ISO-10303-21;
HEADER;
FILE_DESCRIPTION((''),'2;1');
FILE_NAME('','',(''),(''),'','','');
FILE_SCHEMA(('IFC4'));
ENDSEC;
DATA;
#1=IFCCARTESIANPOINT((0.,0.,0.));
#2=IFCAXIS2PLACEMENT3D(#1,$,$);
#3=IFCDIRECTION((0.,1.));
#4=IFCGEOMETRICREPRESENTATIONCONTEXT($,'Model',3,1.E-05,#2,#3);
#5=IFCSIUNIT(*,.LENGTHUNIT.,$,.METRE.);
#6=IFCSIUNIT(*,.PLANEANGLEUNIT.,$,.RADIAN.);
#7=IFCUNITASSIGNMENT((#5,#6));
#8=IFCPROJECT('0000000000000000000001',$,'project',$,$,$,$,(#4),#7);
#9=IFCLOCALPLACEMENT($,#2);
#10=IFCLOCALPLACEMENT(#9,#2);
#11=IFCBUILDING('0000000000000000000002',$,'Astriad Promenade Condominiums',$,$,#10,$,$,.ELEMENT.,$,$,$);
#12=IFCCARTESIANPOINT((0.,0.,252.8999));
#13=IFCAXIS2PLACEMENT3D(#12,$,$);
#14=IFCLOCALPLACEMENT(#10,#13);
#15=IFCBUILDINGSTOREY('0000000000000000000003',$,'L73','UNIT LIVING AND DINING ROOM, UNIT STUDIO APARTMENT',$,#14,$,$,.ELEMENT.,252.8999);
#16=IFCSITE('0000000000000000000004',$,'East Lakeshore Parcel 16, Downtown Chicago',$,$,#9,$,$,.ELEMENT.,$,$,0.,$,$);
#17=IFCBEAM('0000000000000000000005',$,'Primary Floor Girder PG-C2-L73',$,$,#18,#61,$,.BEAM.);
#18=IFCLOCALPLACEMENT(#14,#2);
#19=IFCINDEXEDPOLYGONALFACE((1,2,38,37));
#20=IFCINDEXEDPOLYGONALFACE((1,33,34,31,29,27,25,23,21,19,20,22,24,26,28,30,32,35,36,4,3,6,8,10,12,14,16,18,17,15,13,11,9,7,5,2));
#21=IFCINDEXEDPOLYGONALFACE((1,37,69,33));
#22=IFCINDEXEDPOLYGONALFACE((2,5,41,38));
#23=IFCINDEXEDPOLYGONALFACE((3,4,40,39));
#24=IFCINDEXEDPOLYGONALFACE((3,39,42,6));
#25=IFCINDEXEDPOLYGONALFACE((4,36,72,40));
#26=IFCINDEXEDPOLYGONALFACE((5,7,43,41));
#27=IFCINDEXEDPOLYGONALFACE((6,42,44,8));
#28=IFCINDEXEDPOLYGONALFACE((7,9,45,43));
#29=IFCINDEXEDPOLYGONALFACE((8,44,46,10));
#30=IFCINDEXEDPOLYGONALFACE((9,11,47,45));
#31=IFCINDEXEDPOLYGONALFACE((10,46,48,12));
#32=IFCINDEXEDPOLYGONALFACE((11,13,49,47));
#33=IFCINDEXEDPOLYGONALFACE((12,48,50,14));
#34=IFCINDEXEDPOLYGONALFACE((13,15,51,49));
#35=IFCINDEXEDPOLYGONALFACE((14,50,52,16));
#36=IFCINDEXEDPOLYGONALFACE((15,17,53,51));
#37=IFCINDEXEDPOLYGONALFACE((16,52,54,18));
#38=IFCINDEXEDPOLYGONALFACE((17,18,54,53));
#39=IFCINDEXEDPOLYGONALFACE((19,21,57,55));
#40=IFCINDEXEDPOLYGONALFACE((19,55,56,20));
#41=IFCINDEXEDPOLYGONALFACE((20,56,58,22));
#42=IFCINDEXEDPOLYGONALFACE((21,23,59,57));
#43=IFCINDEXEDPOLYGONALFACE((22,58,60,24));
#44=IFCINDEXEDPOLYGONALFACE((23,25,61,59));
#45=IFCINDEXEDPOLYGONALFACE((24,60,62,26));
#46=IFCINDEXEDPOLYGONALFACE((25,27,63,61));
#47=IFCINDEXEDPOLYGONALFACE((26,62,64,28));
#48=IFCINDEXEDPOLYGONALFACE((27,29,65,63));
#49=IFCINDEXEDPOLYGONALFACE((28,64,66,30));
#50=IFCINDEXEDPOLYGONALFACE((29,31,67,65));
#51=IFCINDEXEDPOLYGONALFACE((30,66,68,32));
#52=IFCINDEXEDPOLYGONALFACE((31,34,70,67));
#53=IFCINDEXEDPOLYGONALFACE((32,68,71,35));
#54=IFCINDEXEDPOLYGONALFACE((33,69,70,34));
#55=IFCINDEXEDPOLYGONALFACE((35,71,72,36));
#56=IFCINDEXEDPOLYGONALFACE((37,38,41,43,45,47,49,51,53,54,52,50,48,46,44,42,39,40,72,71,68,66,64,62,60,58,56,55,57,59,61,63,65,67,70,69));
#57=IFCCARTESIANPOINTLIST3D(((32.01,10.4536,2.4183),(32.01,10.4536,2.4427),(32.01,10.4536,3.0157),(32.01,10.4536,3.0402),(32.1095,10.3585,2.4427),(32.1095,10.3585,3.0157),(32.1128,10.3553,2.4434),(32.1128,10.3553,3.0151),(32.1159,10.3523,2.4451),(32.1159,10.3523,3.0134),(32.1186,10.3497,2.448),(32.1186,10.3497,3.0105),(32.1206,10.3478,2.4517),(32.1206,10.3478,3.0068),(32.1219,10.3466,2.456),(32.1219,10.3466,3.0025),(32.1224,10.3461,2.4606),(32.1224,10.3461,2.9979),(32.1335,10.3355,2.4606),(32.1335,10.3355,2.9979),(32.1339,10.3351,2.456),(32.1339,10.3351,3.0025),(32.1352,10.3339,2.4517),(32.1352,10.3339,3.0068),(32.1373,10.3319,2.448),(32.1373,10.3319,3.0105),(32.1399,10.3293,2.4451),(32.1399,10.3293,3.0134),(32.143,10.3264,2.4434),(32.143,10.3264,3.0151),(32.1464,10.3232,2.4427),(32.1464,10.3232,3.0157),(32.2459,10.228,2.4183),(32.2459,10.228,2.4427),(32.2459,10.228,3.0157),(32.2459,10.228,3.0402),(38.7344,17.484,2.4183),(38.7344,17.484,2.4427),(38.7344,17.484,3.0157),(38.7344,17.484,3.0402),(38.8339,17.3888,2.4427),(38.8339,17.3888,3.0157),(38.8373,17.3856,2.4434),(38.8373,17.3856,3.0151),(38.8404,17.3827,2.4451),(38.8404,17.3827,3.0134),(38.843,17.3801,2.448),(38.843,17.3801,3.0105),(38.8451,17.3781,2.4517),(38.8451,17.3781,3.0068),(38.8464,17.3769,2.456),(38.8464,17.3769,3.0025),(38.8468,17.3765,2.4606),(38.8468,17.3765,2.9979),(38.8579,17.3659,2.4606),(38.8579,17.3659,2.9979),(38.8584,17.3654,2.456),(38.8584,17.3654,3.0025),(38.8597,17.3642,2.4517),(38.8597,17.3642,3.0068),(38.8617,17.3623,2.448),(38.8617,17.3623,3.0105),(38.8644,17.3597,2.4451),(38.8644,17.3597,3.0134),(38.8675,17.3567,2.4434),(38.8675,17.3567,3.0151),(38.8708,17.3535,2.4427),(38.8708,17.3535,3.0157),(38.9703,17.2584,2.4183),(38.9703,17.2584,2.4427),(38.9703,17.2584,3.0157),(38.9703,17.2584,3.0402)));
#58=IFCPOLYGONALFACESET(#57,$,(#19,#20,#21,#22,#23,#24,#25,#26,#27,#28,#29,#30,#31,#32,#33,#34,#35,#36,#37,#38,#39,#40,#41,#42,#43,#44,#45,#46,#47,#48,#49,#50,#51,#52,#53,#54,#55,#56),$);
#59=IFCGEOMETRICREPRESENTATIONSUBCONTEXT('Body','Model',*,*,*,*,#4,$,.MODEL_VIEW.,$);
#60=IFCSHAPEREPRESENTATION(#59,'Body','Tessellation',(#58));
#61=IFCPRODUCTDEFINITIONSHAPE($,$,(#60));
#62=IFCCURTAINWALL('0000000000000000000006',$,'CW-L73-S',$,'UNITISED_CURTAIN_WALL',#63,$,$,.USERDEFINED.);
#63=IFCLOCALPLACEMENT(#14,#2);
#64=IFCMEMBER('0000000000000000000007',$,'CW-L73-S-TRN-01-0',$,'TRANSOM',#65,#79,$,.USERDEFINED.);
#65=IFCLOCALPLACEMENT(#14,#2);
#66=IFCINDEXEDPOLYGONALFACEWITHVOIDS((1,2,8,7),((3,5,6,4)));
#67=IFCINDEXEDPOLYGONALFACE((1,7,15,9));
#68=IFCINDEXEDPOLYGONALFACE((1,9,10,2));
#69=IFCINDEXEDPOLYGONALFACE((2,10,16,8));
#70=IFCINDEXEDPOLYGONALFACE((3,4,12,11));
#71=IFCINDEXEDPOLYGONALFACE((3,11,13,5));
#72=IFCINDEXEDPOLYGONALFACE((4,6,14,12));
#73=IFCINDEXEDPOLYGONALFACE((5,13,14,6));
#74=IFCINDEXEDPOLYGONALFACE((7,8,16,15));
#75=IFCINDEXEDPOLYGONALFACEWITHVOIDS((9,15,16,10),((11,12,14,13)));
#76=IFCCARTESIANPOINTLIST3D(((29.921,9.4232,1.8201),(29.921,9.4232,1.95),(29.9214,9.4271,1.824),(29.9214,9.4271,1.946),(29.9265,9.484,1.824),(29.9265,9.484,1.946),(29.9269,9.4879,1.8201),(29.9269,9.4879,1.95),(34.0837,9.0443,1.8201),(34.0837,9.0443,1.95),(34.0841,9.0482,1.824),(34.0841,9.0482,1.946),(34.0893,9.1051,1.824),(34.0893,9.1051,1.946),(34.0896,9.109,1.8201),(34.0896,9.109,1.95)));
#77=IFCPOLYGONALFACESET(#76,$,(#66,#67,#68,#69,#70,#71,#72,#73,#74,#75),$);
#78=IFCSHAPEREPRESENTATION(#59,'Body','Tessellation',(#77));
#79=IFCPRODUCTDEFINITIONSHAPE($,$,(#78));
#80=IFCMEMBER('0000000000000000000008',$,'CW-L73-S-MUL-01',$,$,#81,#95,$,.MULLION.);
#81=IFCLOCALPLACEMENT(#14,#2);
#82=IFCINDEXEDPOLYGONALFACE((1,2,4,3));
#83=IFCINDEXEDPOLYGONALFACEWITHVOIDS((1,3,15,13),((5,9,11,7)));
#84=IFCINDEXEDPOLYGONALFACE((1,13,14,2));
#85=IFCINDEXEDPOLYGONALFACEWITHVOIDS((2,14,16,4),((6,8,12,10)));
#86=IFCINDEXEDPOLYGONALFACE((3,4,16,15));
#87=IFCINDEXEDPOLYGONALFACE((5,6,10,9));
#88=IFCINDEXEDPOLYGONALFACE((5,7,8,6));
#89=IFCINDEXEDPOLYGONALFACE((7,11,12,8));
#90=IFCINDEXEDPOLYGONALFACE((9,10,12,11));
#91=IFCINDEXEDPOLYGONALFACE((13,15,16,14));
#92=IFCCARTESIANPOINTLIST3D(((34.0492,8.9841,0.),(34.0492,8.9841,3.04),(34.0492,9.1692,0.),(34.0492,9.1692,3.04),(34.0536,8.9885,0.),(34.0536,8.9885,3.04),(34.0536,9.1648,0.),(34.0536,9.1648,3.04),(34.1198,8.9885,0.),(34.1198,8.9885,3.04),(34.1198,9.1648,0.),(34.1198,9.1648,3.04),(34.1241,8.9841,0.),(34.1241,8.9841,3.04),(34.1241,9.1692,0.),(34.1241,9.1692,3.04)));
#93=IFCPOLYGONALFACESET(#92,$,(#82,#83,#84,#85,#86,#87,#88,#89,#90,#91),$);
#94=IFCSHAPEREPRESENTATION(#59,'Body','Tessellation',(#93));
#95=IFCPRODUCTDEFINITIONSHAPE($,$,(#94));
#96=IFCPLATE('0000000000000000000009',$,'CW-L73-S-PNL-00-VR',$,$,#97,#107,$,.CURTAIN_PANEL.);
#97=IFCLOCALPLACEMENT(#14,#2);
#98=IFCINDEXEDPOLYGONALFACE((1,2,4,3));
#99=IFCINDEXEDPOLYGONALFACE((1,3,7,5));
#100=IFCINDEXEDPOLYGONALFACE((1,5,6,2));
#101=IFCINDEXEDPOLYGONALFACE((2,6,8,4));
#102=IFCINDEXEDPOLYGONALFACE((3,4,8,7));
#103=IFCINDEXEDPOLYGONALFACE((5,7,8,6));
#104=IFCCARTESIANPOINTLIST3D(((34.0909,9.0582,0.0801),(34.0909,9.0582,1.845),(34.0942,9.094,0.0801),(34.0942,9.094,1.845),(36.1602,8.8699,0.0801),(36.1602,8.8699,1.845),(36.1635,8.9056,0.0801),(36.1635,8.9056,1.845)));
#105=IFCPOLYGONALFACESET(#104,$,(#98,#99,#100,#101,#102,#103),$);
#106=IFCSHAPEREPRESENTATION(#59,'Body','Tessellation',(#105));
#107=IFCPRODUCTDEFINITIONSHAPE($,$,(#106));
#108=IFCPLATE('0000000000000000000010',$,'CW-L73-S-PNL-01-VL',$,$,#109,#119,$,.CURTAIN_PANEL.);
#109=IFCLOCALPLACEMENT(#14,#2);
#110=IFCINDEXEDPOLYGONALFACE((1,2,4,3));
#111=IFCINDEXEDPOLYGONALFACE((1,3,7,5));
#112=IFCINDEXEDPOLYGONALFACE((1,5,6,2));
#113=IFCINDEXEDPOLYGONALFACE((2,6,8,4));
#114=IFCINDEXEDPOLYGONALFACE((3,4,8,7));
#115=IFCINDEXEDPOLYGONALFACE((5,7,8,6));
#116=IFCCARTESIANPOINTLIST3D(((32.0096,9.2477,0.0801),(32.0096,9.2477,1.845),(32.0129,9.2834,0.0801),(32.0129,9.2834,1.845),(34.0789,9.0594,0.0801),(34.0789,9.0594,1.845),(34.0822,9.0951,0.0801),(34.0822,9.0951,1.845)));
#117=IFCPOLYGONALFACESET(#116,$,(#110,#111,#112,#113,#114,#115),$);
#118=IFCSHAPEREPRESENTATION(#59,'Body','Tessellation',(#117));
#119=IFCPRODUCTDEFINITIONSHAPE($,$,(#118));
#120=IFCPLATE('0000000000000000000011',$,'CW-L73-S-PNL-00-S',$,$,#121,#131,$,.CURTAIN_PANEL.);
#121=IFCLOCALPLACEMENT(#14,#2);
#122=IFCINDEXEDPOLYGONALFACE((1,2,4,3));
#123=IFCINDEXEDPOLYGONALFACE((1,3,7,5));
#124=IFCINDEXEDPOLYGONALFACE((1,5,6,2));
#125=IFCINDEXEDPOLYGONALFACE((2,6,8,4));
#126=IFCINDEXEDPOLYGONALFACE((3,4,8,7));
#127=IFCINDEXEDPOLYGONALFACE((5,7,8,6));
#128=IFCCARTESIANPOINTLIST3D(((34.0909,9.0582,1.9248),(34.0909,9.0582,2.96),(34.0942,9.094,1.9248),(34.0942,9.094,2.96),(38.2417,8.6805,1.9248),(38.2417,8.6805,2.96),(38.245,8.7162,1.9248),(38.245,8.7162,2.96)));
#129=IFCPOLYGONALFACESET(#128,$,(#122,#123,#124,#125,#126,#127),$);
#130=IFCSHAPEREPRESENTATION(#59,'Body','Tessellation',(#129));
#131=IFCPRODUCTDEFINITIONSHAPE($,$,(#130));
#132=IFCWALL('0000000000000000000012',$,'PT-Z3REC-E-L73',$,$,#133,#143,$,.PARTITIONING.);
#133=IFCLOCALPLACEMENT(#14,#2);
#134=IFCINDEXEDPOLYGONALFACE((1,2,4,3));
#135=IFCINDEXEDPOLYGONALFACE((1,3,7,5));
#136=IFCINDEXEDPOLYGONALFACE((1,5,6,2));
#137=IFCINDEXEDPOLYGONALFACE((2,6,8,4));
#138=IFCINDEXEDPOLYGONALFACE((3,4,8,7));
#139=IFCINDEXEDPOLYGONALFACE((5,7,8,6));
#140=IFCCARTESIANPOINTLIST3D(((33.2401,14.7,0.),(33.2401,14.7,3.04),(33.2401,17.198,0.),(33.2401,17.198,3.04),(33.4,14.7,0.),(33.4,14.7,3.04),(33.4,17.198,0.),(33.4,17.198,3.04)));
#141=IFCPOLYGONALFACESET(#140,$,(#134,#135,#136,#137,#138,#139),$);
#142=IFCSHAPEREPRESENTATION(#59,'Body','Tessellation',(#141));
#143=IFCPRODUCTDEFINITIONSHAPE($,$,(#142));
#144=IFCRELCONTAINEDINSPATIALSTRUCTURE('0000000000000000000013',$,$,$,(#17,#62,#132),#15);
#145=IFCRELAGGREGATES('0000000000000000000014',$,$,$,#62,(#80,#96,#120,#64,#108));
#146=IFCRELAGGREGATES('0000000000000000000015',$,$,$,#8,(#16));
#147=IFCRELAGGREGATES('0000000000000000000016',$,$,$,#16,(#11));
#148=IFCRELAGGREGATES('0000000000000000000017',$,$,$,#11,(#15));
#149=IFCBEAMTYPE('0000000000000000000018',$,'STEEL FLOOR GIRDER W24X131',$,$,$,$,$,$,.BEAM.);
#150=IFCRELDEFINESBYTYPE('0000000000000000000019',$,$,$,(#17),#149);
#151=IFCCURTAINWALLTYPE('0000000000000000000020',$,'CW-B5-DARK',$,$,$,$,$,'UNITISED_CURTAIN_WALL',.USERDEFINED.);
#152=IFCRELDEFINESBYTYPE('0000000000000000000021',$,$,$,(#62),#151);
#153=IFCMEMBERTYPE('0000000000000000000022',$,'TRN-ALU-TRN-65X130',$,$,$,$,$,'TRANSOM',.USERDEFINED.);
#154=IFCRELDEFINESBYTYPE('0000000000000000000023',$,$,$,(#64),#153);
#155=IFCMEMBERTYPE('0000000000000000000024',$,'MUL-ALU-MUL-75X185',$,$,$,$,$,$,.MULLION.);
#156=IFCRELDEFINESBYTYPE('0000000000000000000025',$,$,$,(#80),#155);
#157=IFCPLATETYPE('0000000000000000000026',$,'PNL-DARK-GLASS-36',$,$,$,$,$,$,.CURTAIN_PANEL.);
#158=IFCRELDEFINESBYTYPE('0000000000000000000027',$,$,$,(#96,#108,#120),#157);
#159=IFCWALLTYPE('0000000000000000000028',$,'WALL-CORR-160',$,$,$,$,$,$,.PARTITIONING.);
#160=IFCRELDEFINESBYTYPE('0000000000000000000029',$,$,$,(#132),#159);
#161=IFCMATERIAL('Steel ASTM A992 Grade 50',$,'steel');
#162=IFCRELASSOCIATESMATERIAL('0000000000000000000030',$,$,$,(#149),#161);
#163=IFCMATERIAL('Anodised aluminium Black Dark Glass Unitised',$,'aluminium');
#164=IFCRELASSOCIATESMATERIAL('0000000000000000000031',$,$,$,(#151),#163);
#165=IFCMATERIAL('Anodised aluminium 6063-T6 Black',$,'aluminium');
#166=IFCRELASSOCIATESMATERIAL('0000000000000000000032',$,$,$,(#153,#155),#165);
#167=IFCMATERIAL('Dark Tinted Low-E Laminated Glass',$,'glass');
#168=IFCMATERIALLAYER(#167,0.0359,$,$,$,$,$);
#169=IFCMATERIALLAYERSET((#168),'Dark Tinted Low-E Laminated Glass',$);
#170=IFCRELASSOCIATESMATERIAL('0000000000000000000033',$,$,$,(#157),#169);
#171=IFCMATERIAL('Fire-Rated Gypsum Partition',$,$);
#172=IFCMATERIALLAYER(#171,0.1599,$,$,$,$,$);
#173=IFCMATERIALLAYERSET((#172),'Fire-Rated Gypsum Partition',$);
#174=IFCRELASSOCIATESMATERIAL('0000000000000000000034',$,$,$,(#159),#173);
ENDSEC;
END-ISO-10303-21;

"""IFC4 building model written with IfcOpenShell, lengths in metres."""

from ifc_helpers import new_model, si_unit, direction, frame, frame_2d, origin, origin_2d, place, context, subcontext, project, spatial, rectangle, hollow_rectangle, i_section, extrude, source, transform, mapped, material, layer, layer_set, material_profile, profile_set, type_object, type_shapes, element, aggregate, save


model = new_model("IFC4")

# Units and contexts
model_context = context("Model", 3, precision=1e-05, world=origin(), true_north=direction((0.0, 1.0)))
body_context = subcontext(model_context, "Body", "Model", "MODEL_VIEW")
ifc_project = project(units=[si_unit("LENGTHUNIT", "METRE"), si_unit("PLANEANGLEUNIT", "RADIAN")], contexts=[model_context])

# Site, building, storey
site_placement = place(None, origin())
site = spatial("IfcSite", under=ifc_project, at=site_placement, Name="East Lakeshore Parcel 16, Downtown Chicago", CompositionType="ELEMENT", RefElevation=0.0)
building_placement = place(site_placement, origin())
building = spatial("IfcBuilding", under=site, at=building_placement, Name="Astriad Promenade Condominiums", CompositionType="ELEMENT")
storey_placement = place(building_placement, frame((0.0, 0.0, 252.8999)))
storey = spatial("IfcBuildingStorey", under=building, at=storey_placement, Name="L73", Description="UNIT LIVING AND DINING ROOM, UNIT STUDIO APARTMENT", CompositionType="ELEMENT", Elevation=252.8999)

# Shared definitions
ifc_material_1 = material(Name="Steel ASTM A992 Grade 50", Category="steel")

# Beam
ifc_material_profile_1 = material_profile(ifc_material_1, i_section(OverallWidth=0.3264, OverallDepth=0.6218, WebThickness=0.0154, FlangeThickness=0.0244, FilletRadius=0.0178, at=origin_2d()), Name="W24X131")
ifc_profile_set_1 = profile_set([ifc_material_profile_1], Name="Steel ASTM A992 Grade 50")
beam_type_1 = type_object("IfcBeamType", Name="STEEL FLOOR GIRDER W24X131", PredefinedType="BEAM", material=ifc_profile_set_1)
shared_shape_1 = source(origin(), body_context, "Body", "SweptSolid", [
    extrude(i_section(OverallWidth=0.3264, OverallDepth=0.6218, WebThickness=0.0154, FlangeThickness=0.0244, FilletRadius=0.0178, at=origin_2d()), origin(), (0.0, 0.0, 1.0), 9.7285),
])
beam_1_placement = place(storey_placement, frame((32.1279, 10.3408, 2.7292), z_axis=(0.69121, 0.722654, 0.0), x_axis=(-0.722654, 0.69121, 0.0)))
element("IfcBeam", 1, at=beam_1_placement, inside=storey, type_object=beam_type_1, Name="Primary Floor Girder PG-C2-L73", PredefinedType="BEAM", context=body_context, shape_type="MappedRepresentation", body=[
    mapped(shared_shape_1, transform((0.0, 0.0, 0.0), scale=1.0)),
])

# Curtain wall, members, plates
ifc_material_2 = material(Name="Anodised aluminium Black Dark Glass Unitised", Category="aluminium")
curtain_wall_type = type_object("IfcCurtainWallType", Name="CW-B5-DARK", ElementType="UNITISED_CURTAIN_WALL", PredefinedType="USERDEFINED", material=ifc_material_2)
curtain_wall_placement = place(storey_placement, origin())
curtain_wall = element("IfcCurtainWall", 2, at=curtain_wall_placement, inside=storey, type_object=curtain_wall_type, Name="CW-L73-S", ObjectType="UNITISED_CURTAIN_WALL", PredefinedType="USERDEFINED")
ifc_material_3 = material(Name="Anodised aluminium 6063-T6 Black", Category="aluminium")
ifc_material_profile_2 = material_profile(ifc_material_3, hollow_rectangle(XDim=0.0649, YDim=0.1299, WallThickness=0.0039, at=origin_2d()), Name="ALU-TRN-65X130")
ifc_profile_set_2 = profile_set([ifc_material_profile_2], Name="Anodised aluminium 6063-T6 Black")
member_type_1 = type_object("IfcMemberType", Name="TRN-ALU-TRN-65X130", ElementType="TRANSOM", PredefinedType="USERDEFINED", material=ifc_profile_set_2)
shared_shape_2 = source(origin(), body_context, "Body", "SweptSolid", [
    extrude(hollow_rectangle(XDim=0.0649, YDim=0.1299, WallThickness=0.0039, at=origin_2d()), origin(), (0.0, 0.0, 1.0), 4.1799),
])
type_shapes(member_type_1, [shared_shape_2])
member_1_placement = place(storey_placement, frame((34.0867, 9.0767, 1.885), z_axis=(-0.995883, 0.090646, 0.0), x_axis=(-0.090646, -0.995883, 0.0)))
member_1 = element("IfcMember", 3, at=member_1_placement, type_object=member_type_1, Name="CW-L73-S-TRN-01-0", ObjectType="TRANSOM", PredefinedType="USERDEFINED", context=body_context, shape_type="MappedRepresentation", body=[
    mapped(shared_shape_2, transform((0.0, 0.0, 0.0), scale=1.0)),
])
ifc_material_profile_3 = material_profile(ifc_material_3, hollow_rectangle(XDim=0.075, YDim=0.1851, WallThickness=0.0044, at=origin_2d()), Name="ALU-MUL-75X185")
ifc_profile_set_3 = profile_set([ifc_material_profile_3], Name="Anodised aluminium 6063-T6 Black")
member_type_2 = type_object("IfcMemberType", Name="MUL-ALU-MUL-75X185", PredefinedType="MULLION", material=ifc_profile_set_3)
shared_shape_3 = source(origin(), body_context, "Body", "SweptSolid", [
    extrude(hollow_rectangle(XDim=0.075, YDim=0.1851, WallThickness=0.0044, at=origin_2d()), origin(), (0.0, 0.0, 1.0), 3.04),
])
type_shapes(member_type_2, [shared_shape_3])
member_2_placement = place(storey_placement, frame((34.0867, 9.0767, 0.0), z_axis=(0.0, 0.0, 1.0), x_axis=(1.0, 0.0, 0.0)))
member_2 = element("IfcMember", 4, at=member_2_placement, type_object=member_type_2, Name="CW-L73-S-MUL-01", PredefinedType="MULLION", context=body_context, shape_type="MappedRepresentation", body=[
    mapped(shared_shape_3, transform((0.0, 0.0, 0.0), scale=1.0)),
])
ifc_material_4 = material(Name="Dark Tinted Low-E Laminated Glass", Category="glass")
ifc_layer_1 = layer(ifc_material_4, 0.0359)
ifc_layer_set_1 = layer_set([ifc_layer_1], Name="Dark Tinted Low-E Laminated Glass")
plate_type = type_object("IfcPlateType", Name="PNL-DARK-GLASS-36", PredefinedType="CURTAIN_PANEL", material=ifc_layer_set_1)
shared_shape_4 = source(origin(), body_context, "Body", "SweptSolid", [
    extrude(rectangle(XDim=2.0779, YDim=0.0359, at=origin_2d()), origin(), (0.0, 0.0, 1.0), 1.7649),
])
plate_1_placement = place(storey_placement, frame((35.1272, 8.9819, 0.0801), z_axis=(0.0, 0.0, 1.0), x_axis=(-0.995884, 0.090633, 0.0)))
plate_1 = element("IfcPlate", 5, at=plate_1_placement, type_object=plate_type, Name="CW-L73-S-PNL-00-VR", PredefinedType="CURTAIN_PANEL", context=body_context, shape_type="MappedRepresentation", body=[
    mapped(shared_shape_4, transform((0.0, 0.0, 0.0), scale=1.0)),
])
plate_2_placement = place(storey_placement, frame((33.0459, 9.1714, 0.0801), z_axis=(0.0, 0.0, 1.0), x_axis=(-0.995884, 0.090633, 0.0)))
plate_2 = element("IfcPlate", 6, at=plate_2_placement, type_object=plate_type, Name="CW-L73-S-PNL-01-VL", PredefinedType="CURTAIN_PANEL", context=body_context, shape_type="MappedRepresentation", body=[
    mapped(shared_shape_4, transform((0.0, 0.0, 0.0), scale=1.0)),
])
shared_shape_5 = source(origin(), body_context, "Body", "SweptSolid", [
    extrude(rectangle(XDim=4.168, YDim=0.0359, at=origin_2d()), origin(), (0.0, 0.0, 1.0), 1.0352),
])
type_shapes(plate_type, [shared_shape_4, shared_shape_5])
plate_3_placement = place(storey_placement, frame((36.168, 8.8872, 1.9248), z_axis=(0.0, 0.0, 1.0), x_axis=(-0.995884, 0.090633, 0.0)))
plate_3 = element("IfcPlate", 7, at=plate_3_placement, type_object=plate_type, Name="CW-L73-S-PNL-00-S", PredefinedType="CURTAIN_PANEL", context=body_context, shape_type="MappedRepresentation", body=[
    mapped(shared_shape_5, transform((0.0, 0.0, 0.0), scale=1.0)),
])
aggregate(curtain_wall, [member_2, plate_1, plate_3, member_1, plate_2])

# Wall
ifc_material_5 = material(Name="Fire-Rated Gypsum Partition")
ifc_layer_2 = layer(ifc_material_5, 0.1599)
ifc_layer_set_2 = layer_set([ifc_layer_2], Name="Fire-Rated Gypsum Partition")
wall_type_1 = type_object("IfcWallType", Name="WALL-CORR-160", PredefinedType="PARTITIONING", material=ifc_layer_set_2)
wall_1_placement = place(storey_placement, frame((33.3201, 14.7, 0.0), z_axis=(0.0, 0.0, 1.0), x_axis=(0.0, 1.0, 0.0)))
element("IfcWall", 8, at=wall_1_placement, inside=storey, type_object=wall_type_1, Name="PT-Z3REC-E-L73", PredefinedType="PARTITIONING", context=body_context, shape_type="SweptSolid", body=[
    extrude(rectangle(XDim=2.498, YDim=0.1599, at=frame_2d((1.249, 0.0))), origin(), (0.0, 0.0, 1.0), 3.04),
])

save(model, "model.ifc")
